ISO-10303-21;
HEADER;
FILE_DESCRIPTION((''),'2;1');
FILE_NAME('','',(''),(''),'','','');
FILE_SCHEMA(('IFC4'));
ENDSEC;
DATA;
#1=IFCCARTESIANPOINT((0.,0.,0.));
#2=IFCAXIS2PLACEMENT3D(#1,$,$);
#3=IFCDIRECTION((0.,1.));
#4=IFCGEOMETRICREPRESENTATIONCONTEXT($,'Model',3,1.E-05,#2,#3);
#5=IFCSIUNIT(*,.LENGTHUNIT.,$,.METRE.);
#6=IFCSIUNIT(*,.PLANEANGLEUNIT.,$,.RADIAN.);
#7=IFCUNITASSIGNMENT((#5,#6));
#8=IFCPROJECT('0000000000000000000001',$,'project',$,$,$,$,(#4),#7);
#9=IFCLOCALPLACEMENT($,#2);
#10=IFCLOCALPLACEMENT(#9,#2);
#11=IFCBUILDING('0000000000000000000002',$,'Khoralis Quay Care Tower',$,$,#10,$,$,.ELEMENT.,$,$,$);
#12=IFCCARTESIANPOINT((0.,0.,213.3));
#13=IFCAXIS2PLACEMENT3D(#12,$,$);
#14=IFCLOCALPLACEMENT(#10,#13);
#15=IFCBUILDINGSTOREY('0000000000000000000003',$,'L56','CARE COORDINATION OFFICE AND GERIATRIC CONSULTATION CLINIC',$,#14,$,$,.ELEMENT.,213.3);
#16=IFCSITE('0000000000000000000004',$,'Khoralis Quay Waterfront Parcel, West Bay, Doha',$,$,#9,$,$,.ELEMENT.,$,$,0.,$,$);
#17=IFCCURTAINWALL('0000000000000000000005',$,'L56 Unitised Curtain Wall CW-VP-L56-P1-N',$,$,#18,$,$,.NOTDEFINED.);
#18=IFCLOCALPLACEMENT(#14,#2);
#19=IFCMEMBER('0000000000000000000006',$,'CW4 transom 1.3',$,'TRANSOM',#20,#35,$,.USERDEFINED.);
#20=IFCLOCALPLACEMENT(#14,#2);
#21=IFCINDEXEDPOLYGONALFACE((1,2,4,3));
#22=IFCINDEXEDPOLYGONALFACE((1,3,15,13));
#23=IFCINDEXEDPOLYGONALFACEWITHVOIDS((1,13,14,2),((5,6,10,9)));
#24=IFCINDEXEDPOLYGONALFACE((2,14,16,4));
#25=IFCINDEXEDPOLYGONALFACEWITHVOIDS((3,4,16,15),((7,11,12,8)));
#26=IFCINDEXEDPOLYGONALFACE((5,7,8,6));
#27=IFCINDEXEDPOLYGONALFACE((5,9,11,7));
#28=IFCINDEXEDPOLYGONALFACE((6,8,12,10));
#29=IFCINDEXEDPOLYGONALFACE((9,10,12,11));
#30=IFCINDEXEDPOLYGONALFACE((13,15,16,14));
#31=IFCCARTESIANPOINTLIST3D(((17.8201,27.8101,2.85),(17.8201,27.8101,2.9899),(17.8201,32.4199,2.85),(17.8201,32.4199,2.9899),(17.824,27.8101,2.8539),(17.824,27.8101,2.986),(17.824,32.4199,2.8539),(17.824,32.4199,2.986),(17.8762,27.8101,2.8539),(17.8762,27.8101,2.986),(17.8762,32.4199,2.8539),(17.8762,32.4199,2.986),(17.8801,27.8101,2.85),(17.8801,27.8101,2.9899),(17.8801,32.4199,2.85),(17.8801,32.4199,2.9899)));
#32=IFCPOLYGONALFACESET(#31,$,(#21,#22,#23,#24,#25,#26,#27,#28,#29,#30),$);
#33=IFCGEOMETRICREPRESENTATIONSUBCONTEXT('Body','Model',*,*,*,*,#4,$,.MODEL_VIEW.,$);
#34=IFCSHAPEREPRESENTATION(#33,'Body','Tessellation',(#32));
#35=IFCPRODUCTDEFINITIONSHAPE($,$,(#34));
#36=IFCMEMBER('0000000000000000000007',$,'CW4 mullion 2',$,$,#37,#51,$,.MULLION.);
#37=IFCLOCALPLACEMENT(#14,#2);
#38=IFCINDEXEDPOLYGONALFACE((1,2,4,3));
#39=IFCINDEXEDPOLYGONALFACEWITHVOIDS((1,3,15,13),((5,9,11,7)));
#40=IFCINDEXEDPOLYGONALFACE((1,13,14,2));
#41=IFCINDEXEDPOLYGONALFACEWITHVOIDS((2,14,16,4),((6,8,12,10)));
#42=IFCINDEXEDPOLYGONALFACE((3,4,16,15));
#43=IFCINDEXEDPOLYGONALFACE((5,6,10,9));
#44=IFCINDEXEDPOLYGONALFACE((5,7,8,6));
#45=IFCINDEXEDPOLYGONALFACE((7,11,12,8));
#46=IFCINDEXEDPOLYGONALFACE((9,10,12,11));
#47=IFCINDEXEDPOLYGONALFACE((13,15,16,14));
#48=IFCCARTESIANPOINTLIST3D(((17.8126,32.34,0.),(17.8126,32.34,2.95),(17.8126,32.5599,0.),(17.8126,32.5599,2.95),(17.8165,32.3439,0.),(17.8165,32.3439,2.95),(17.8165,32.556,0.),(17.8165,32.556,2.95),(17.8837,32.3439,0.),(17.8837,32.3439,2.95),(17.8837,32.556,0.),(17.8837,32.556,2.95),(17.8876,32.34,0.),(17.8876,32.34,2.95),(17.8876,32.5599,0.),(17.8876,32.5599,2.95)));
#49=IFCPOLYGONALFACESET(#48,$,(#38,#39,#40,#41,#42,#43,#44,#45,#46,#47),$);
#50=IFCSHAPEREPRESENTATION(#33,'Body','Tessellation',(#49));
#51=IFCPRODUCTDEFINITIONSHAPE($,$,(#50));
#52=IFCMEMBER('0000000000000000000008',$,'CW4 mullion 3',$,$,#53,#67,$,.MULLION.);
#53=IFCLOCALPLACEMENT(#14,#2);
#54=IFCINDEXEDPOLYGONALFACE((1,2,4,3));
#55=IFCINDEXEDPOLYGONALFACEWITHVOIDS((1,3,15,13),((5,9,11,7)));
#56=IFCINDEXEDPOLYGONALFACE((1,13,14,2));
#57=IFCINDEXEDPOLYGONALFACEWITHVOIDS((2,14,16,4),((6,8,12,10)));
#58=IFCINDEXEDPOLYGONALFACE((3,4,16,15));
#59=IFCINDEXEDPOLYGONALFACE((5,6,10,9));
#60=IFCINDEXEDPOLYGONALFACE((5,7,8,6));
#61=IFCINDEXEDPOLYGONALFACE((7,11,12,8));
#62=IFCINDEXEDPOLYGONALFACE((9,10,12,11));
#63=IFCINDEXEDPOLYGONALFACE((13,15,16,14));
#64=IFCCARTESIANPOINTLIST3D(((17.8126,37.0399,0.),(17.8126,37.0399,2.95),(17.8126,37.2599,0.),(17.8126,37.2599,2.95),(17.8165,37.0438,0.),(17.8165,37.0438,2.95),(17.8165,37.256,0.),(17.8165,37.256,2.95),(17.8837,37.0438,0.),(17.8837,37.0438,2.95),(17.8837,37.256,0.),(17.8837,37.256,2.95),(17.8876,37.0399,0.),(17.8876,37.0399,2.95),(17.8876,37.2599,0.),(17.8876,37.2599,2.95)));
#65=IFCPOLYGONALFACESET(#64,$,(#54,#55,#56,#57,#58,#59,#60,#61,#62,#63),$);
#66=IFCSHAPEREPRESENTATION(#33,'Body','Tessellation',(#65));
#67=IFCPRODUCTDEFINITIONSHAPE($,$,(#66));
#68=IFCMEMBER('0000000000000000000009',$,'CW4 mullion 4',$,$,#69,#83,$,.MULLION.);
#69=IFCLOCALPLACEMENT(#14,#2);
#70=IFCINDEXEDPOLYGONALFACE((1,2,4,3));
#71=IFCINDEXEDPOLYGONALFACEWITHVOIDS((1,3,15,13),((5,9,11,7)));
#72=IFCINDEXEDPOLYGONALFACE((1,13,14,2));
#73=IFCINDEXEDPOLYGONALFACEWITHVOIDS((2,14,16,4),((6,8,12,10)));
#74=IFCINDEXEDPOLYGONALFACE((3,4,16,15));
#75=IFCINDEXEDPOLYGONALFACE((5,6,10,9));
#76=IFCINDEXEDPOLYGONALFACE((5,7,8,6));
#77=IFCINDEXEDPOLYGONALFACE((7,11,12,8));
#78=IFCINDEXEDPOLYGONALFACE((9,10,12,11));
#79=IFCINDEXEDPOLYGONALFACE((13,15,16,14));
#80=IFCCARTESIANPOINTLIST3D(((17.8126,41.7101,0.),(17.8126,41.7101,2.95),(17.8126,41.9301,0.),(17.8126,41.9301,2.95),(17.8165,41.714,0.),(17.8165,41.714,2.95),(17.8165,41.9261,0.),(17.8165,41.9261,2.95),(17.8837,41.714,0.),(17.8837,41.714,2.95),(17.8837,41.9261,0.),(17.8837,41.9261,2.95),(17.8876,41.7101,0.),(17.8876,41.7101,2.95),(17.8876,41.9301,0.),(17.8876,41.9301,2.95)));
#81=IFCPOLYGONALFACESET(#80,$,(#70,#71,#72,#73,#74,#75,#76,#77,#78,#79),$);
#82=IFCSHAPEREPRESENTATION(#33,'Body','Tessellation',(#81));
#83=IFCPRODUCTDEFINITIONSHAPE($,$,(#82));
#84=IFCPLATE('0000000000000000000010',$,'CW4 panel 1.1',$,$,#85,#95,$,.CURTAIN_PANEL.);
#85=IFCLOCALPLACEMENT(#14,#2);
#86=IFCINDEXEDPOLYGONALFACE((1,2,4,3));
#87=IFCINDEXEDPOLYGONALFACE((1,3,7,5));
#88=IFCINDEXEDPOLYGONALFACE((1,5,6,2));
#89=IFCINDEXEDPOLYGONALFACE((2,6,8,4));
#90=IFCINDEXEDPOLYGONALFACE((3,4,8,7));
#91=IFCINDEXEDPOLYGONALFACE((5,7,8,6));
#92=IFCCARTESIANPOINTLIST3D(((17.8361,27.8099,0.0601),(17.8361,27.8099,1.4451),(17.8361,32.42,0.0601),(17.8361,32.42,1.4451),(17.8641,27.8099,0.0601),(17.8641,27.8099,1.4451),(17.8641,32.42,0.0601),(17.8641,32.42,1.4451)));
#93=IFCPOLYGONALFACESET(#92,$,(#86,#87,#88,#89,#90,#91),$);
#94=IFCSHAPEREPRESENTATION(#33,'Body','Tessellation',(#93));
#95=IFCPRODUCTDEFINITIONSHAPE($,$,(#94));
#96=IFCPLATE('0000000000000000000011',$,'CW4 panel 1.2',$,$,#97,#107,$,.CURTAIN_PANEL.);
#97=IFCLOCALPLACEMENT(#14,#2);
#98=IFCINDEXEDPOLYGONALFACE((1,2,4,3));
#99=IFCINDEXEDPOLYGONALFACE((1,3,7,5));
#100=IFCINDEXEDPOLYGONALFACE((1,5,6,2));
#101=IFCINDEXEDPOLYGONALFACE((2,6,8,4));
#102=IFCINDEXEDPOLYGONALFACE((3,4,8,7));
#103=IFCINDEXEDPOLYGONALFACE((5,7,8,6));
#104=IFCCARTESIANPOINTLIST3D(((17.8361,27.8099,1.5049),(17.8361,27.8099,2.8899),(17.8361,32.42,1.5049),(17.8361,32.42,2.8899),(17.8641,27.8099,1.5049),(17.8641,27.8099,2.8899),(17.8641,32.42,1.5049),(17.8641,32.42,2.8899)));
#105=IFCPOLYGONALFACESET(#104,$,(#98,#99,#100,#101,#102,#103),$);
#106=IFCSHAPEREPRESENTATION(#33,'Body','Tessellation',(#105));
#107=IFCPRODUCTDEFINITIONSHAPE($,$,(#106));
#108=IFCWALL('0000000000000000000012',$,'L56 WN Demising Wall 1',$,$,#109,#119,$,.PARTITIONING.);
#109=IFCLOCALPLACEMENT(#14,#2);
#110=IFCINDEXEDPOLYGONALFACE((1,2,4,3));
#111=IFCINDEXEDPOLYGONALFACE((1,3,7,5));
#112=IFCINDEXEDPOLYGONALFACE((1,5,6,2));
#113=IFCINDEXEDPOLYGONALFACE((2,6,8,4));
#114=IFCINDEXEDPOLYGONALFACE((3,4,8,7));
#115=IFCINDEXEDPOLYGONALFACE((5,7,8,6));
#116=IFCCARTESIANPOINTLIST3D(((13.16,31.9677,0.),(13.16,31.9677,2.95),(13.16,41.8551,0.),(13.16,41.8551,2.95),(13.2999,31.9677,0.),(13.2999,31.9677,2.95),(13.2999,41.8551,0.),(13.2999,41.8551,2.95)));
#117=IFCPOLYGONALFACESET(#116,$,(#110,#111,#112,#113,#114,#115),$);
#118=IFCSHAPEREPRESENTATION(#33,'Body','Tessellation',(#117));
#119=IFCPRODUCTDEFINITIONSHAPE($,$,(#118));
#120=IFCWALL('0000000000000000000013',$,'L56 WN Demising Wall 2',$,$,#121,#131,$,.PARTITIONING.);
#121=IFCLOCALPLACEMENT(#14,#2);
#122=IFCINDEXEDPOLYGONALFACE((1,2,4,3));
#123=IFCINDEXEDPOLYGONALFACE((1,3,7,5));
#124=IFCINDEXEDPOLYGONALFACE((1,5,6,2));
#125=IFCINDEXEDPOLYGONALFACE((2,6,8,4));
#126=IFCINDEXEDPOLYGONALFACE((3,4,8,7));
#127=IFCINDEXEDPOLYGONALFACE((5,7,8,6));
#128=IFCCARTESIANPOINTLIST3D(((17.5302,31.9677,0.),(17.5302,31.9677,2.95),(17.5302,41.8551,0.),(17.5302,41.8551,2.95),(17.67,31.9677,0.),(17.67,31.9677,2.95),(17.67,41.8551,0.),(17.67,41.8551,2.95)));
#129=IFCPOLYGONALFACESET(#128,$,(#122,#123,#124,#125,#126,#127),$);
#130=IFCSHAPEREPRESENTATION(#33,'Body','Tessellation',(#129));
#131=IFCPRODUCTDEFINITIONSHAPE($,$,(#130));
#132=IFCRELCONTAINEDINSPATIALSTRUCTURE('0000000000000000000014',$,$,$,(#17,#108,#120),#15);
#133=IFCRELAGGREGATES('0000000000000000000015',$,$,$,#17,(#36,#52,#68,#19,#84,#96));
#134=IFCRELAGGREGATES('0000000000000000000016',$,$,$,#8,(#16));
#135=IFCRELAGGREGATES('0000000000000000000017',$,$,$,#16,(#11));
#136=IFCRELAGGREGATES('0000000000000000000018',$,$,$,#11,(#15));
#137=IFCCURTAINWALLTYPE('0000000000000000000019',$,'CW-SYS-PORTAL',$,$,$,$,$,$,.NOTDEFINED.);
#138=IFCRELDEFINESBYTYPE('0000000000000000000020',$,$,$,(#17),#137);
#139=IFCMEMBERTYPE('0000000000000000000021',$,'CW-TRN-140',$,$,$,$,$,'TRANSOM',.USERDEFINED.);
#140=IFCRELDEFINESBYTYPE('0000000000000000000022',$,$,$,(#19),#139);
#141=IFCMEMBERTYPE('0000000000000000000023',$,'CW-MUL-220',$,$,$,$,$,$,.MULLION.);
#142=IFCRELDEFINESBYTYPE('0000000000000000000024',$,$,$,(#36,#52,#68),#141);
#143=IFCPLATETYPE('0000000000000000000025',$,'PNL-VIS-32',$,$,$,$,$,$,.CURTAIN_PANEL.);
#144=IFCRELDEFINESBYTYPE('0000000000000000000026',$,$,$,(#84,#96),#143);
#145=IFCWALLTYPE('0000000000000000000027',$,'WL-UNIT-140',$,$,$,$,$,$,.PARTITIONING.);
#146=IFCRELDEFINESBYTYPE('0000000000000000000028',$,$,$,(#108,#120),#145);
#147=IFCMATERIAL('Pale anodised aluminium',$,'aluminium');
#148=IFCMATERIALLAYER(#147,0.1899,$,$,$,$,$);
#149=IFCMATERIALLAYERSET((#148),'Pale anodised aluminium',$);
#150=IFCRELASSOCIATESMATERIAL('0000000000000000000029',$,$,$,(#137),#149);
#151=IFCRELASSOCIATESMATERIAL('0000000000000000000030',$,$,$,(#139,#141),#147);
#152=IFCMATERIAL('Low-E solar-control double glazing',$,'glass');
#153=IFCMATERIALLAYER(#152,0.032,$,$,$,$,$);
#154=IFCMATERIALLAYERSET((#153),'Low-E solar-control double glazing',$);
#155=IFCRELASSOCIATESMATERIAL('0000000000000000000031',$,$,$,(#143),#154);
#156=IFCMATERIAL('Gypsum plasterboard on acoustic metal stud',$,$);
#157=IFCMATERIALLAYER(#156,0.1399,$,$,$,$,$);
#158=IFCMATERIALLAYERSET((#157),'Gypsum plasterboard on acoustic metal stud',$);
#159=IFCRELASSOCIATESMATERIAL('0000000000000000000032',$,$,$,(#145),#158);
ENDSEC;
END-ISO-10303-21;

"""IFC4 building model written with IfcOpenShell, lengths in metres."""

from ifc_helpers import new_model, si_unit, direction, frame, frame_2d, origin, origin_2d, place, context, subcontext, project, spatial, rectangle, hollow_rectangle, extrude, source, transform, mapped, material, layer, layer_set, material_profile, profile_set, type_object, element, aggregate, save


model = new_model("IFC4")

# Units and contexts
model_context = context("Model", 3, precision=1e-05, world=origin(), true_north=direction((0.0, 1.0)))
body_context = subcontext(model_context, "Body", "Model", "MODEL_VIEW")
ifc_project = project(units=[si_unit("LENGTHUNIT", "METRE"), si_unit("PLANEANGLEUNIT", "RADIAN")], contexts=[model_context])

# Site, building, storey
site_placement = place(None, origin())
site = spatial("IfcSite", under=ifc_project, at=site_placement, Name="Khoralis Quay Waterfront Parcel, West Bay, Doha", CompositionType="ELEMENT", RefElevation=0.0)
building_placement = place(site_placement, origin())
building = spatial("IfcBuilding", under=site, at=building_placement, Name="Khoralis Quay Care Tower", CompositionType="ELEMENT")
storey_placement = place(building_placement, frame((0.0, 0.0, 213.3)))
storey = spatial("IfcBuildingStorey", under=building, at=storey_placement, Name="L56", Description="CARE COORDINATION OFFICE AND GERIATRIC CONSULTATION CLINIC", CompositionType="ELEMENT", Elevation=213.3)

# Curtain wall, members, plates
ifc_material_1 = material(Name="Pale anodised aluminium", Category="aluminium")
ifc_layer_1 = layer(ifc_material_1, 0.1899)
ifc_layer_set_1 = layer_set([ifc_layer_1], Name="Pale anodised aluminium")
curtain_wall_type = type_object("IfcCurtainWallType", Name="CW-SYS-PORTAL", PredefinedType="NOTDEFINED", material=ifc_layer_set_1)
curtain_wall_placement = place(storey_placement, origin())
curtain_wall = element("IfcCurtainWall", 1, at=curtain_wall_placement, inside=storey, type_object=curtain_wall_type, Name="L56 Unitised Curtain Wall CW-VP-L56-P1-N", PredefinedType="NOTDEFINED")
ifc_material_profile_1 = material_profile(ifc_material_1, hollow_rectangle(XDim=0.0601, YDim=0.1399, WallThickness=0.0039, at=origin_2d()), Name="Pale anodised aluminium")
ifc_profile_set_1 = profile_set([ifc_material_profile_1], Name="Pale anodised aluminium")
member_type_1 = type_object("IfcMemberType", Name="CW-TRN-140", ElementType="TRANSOM", PredefinedType="USERDEFINED", material=ifc_profile_set_1)
shared_shape_1 = source(origin(), body_context, "Body", "SweptSolid", [
    extrude(hollow_rectangle(XDim=0.0601, YDim=0.1399, WallThickness=0.0039, at=origin_2d()), origin(), (0.0, 0.0, 1.0), 4.6099),
])
member_1_placement = place(storey_placement, frame((17.8501, 27.8101, 2.9199), z_axis=(0.0, 1.0, 0.0), x_axis=(-1.0, 0.0, 0.0)))
member_1 = element("IfcMember", 2, at=member_1_placement, type_object=member_type_1, Name="CW4 transom 1.3", ObjectType="TRANSOM", PredefinedType="USERDEFINED", context=body_context, shape_type="MappedRepresentation", body=[
    mapped(shared_shape_1, transform((0.0, 0.0, 0.0), scale=1.0)),
])
ifc_material_profile_2 = material_profile(ifc_material_1, hollow_rectangle(XDim=0.075, YDim=0.22, WallThickness=0.0039, at=origin_2d()), Name="Pale anodised aluminium")
ifc_profile_set_2 = profile_set([ifc_material_profile_2], Name="Pale anodised aluminium")
member_type_2 = type_object("IfcMemberType", Name="CW-MUL-220", PredefinedType="MULLION", material=ifc_profile_set_2)
shared_shape_2 = source(origin(), body_context, "Body", "SweptSolid", [
    extrude(hollow_rectangle(XDim=0.075, YDim=0.22, WallThickness=0.0039, at=origin_2d()), origin(), (0.0, 0.0, 1.0), 2.95),
])
member_2_placement = place(storey_placement, frame((17.8501, 32.45, 0.0), z_axis=(0.0, 0.0, 1.0), x_axis=(-1.0, 0.0, 0.0)))
member_2 = element("IfcMember", 3, at=member_2_placement, type_object=member_type_2, Name="CW4 mullion 2", PredefinedType="MULLION", context=body_context, shape_type="MappedRepresentation", body=[
    mapped(shared_shape_2, transform((0.0, 0.0, 0.0), scale=1.0)),
])
member_3_placement = place(storey_placement, frame((17.8501, 37.1499, 0.0), z_axis=(0.0, 0.0, 1.0), x_axis=(-1.0, 0.0, 0.0)))
member_3 = element("IfcMember", 4, at=member_3_placement, type_object=member_type_2, Name="CW4 mullion 3", PredefinedType="MULLION", context=body_context, shape_type="MappedRepresentation", body=[
    mapped(shared_shape_2, transform((0.0, 0.0, 0.0), scale=1.0)),
])
member_4_placement = place(storey_placement, frame((17.8501, 41.8201, 0.0), z_axis=(0.0, 0.0, 1.0), x_axis=(-1.0, 0.0, 0.0)))
member_4 = element("IfcMember", 5, at=member_4_placement, type_object=member_type_2, Name="CW4 mullion 4", PredefinedType="MULLION", context=body_context, shape_type="MappedRepresentation", body=[
    mapped(shared_shape_2, transform((0.0, 0.0, 0.0), scale=1.0)),
])
ifc_material_2 = material(Name="Low-E solar-control double glazing", Category="glass")
ifc_layer_2 = layer(ifc_material_2, 0.032)
ifc_layer_set_2 = layer_set([ifc_layer_2], Name="Low-E solar-control double glazing")
plate_type = type_object("IfcPlateType", Name="PNL-VIS-32", PredefinedType="CURTAIN_PANEL", material=ifc_layer_set_2)
shared_shape_3 = source(origin(), body_context, "Body", "SweptSolid", [
    extrude(rectangle(XDim=4.6101, YDim=0.0281, at=origin_2d()), origin(), (0.0, 0.0, 1.0), 1.385),
])
plate_1_placement = place(storey_placement, frame((17.8501, 30.115, 0.0601), z_axis=(0.0, 0.0, 1.0), x_axis=(0.0, 1.0, 0.0)))
plate_1 = element("IfcPlate", 6, at=plate_1_placement, type_object=plate_type, Name="CW4 panel 1.1", PredefinedType="CURTAIN_PANEL", context=body_context, shape_type="MappedRepresentation", body=[
    mapped(shared_shape_3, transform((0.0, 0.0, 0.0), scale=1.0)),
])
plate_2_placement = place(storey_placement, frame((17.8501, 30.115, 1.5049), z_axis=(0.0, 0.0, 1.0), x_axis=(0.0, 1.0, 0.0)))
plate_2 = element("IfcPlate", 7, at=plate_2_placement, type_object=plate_type, Name="CW4 panel 1.2", PredefinedType="CURTAIN_PANEL", context=body_context, shape_type="MappedRepresentation", body=[
    mapped(shared_shape_3, transform((0.0, 0.0, 0.0), scale=1.0)),
])
aggregate(curtain_wall, [member_2, member_3, member_4, member_1, plate_1, plate_2])

# Walls
ifc_material_3 = material(Name="Gypsum plasterboard on acoustic metal stud")
ifc_layer_3 = layer(ifc_material_3, 0.1399)
ifc_layer_set_3 = layer_set([ifc_layer_3], Name="Gypsum plasterboard on acoustic metal stud")
wall_type = type_object("IfcWallType", Name="WL-UNIT-140", PredefinedType="PARTITIONING", material=ifc_layer_set_3)
for number, where, z_axis, x_axis, name in (
    (8, (13.23, 31.9675, 0.0), (0.0, 0.0, 1.0), (0.0, 1.0, 0.0), "L56 WN Demising Wall 1"),
    (9, (17.6001, 31.9675, 0.0), (0.0, 0.0, 1.0), (0.0, 1.0, 0.0), "L56 WN Demising Wall 2"),
):
    element("IfcWall", number, at=place(storey_placement, frame(where, z_axis=z_axis, x_axis=x_axis)), inside=storey, type_object=wall_type, Name=name, PredefinedType="PARTITIONING", context=body_context, shape_type="SweptSolid", body=[
        extrude(rectangle(XDim=9.8875, YDim=0.1399, at=frame_2d((4.9438, 0.0))), origin(), (0.0, 0.0, 1.0), 2.95),
    ])

save(model, "model.ifc")
